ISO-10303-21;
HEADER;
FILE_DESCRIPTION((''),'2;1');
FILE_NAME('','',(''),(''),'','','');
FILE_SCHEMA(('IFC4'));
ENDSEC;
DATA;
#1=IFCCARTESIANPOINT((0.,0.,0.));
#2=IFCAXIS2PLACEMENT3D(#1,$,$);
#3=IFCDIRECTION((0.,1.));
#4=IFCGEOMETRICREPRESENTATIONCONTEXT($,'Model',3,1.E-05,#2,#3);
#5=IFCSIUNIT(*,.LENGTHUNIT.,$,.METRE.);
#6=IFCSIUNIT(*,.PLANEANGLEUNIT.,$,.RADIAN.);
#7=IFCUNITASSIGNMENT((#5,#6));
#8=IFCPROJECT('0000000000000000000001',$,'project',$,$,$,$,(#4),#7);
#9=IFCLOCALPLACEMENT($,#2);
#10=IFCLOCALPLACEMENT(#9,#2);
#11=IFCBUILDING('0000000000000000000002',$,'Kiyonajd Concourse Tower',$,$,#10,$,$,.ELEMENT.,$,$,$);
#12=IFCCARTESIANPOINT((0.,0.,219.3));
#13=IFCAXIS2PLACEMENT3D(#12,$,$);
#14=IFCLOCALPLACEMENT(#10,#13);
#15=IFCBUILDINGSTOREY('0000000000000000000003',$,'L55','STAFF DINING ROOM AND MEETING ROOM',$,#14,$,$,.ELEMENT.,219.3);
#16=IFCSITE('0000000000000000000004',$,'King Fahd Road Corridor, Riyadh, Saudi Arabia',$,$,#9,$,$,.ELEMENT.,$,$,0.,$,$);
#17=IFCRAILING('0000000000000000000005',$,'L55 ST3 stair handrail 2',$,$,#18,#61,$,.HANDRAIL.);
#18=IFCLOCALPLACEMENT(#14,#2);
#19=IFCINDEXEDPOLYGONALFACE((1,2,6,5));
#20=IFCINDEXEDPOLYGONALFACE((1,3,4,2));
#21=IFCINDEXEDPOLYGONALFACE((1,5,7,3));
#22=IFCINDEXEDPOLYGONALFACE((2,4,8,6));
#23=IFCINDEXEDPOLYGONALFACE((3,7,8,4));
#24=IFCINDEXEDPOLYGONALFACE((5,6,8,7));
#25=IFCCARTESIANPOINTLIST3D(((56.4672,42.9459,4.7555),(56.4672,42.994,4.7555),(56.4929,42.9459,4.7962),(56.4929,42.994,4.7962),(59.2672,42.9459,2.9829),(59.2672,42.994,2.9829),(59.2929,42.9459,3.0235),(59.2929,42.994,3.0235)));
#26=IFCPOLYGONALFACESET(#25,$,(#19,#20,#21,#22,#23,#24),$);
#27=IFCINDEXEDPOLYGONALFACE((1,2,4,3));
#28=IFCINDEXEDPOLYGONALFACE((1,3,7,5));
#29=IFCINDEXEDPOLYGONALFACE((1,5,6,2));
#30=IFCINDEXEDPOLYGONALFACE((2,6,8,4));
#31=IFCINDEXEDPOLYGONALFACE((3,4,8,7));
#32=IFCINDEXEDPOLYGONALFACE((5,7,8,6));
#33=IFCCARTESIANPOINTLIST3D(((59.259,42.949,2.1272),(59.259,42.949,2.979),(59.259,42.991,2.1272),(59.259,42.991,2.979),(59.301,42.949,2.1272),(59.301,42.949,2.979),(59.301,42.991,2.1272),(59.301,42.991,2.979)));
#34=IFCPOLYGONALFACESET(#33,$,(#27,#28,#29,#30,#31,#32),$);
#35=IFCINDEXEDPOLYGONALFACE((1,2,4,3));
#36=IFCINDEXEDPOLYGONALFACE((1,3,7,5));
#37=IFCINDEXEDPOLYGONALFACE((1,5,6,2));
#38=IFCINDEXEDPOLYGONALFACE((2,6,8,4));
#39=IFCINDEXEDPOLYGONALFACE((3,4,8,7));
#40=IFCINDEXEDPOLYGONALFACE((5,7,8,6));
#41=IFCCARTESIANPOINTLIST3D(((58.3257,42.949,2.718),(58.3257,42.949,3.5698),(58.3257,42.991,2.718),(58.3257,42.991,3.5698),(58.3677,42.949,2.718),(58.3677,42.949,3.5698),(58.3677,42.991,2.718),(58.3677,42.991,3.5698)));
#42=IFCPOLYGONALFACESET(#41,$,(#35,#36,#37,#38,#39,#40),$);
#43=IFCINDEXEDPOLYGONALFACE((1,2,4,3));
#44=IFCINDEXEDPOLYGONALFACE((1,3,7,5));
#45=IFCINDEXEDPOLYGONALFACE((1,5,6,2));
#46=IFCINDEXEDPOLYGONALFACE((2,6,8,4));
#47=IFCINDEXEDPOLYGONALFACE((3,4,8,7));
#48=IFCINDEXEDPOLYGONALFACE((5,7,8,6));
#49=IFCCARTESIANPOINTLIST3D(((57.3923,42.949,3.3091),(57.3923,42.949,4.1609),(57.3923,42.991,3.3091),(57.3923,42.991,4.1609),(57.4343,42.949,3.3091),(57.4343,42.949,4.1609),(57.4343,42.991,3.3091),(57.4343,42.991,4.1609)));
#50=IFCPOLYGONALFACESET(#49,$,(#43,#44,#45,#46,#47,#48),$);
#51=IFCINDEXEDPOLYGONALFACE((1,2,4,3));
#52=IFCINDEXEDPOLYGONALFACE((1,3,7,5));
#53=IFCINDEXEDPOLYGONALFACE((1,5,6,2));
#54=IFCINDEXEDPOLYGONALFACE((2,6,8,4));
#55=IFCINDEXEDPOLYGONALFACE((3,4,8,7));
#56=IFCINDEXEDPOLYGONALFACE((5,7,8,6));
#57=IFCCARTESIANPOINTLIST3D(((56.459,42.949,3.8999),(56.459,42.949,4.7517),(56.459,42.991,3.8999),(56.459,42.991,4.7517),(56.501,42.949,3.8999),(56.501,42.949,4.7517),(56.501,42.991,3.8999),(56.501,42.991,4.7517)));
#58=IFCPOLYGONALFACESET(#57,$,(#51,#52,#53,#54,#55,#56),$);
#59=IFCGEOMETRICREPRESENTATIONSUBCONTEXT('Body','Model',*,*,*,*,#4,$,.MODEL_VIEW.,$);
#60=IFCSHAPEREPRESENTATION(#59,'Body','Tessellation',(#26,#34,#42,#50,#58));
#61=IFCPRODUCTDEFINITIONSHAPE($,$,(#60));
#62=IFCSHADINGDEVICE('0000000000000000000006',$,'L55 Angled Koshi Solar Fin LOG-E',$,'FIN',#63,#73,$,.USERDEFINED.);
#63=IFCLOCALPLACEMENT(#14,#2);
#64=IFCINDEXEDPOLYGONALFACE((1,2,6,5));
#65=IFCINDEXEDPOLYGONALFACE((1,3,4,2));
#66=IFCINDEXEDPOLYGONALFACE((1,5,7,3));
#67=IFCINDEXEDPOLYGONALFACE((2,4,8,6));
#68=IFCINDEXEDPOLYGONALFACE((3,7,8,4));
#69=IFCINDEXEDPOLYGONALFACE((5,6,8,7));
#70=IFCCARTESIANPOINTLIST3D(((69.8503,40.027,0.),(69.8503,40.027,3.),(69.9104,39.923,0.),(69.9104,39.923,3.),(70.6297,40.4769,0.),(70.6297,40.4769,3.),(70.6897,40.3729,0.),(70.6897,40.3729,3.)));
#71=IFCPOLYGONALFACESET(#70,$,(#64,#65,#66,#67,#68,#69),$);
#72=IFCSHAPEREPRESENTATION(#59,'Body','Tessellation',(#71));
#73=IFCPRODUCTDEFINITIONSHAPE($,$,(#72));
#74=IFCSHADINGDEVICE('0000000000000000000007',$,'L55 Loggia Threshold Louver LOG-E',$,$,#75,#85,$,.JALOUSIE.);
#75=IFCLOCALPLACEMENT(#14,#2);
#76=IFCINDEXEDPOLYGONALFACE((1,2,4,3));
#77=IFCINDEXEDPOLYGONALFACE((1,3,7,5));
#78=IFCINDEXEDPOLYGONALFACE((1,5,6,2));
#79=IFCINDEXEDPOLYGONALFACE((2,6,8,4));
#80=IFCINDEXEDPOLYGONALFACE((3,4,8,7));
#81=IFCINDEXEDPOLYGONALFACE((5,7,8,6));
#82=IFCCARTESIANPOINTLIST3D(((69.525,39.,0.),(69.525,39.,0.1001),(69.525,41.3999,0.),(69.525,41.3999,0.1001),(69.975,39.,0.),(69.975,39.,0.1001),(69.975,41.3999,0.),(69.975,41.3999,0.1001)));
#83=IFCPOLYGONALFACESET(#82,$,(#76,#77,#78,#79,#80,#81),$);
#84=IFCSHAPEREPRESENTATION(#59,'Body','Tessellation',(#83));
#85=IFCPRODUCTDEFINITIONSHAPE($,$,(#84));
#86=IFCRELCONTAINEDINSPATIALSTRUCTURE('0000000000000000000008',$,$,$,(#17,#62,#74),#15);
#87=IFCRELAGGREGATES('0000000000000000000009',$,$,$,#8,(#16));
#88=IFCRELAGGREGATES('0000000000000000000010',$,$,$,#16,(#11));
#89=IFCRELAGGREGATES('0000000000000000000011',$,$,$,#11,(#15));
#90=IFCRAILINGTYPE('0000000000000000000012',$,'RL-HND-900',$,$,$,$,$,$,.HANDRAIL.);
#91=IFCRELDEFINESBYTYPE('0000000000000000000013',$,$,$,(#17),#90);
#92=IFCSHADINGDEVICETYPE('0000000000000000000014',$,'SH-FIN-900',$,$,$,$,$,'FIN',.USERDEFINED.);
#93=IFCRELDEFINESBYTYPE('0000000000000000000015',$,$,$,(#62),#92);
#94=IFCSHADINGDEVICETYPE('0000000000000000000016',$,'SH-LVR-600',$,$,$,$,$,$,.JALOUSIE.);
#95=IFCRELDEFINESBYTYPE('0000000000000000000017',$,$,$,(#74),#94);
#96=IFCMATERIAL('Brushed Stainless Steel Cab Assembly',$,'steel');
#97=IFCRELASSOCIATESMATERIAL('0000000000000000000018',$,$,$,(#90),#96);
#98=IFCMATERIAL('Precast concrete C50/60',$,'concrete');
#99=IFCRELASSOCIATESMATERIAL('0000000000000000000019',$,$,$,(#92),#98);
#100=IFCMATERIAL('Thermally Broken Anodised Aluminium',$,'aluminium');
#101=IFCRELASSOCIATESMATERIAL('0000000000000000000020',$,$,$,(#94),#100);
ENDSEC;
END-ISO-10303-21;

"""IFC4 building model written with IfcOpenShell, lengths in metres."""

from ifc_helpers import new_model, si_unit, direction, frame, origin, origin_2d, place, context, subcontext, project, spatial, rectangle, extrude, material, type_object, element, save


model = new_model("IFC4")

# Units and contexts
model_context = context("Model", 3, precision=1e-05, world=origin(), true_north=direction((0.0, 1.0)))
body_context = subcontext(model_context, "Body", "Model", "MODEL_VIEW")
ifc_project = project(units=[si_unit("LENGTHUNIT", "METRE"), si_unit("PLANEANGLEUNIT", "RADIAN")], contexts=[model_context])

# Site, building, storey
site_placement = place(None, origin())
site = spatial("IfcSite", under=ifc_project, at=site_placement, Name="King Fahd Road Corridor, Riyadh, Saudi Arabia", CompositionType="ELEMENT", RefElevation=0.0)
building_placement = place(site_placement, origin())
building = spatial("IfcBuilding", under=site, at=building_placement, Name="Kiyonajd Concourse Tower", CompositionType="ELEMENT")
storey_placement = place(building_placement, frame((0.0, 0.0, 219.3)))
storey = spatial("IfcBuildingStorey", under=building, at=storey_placement, Name="L55", Description="STAFF DINING ROOM AND MEETING ROOM", CompositionType="ELEMENT", Elevation=219.3)

# Shared definitions
ifc_material_1 = material(Name="Thermally Broken Anodised Aluminium", Category="aluminium")

# Shared definitions
ifc_material_2 = material(Name="Precast concrete C50/60", Category="concrete")

# Railing
ifc_material_3 = material(Name="Brushed Stainless Steel Cab Assembly", Category="steel")
railing_type_1 = type_object("IfcRailingType", Name="RL-HND-900", PredefinedType="HANDRAIL", material=ifc_material_3)
railing_1_placement = place(storey_placement, frame((59.28, 42.97, 2.1272)))
element("IfcRailing", 1, at=railing_1_placement, inside=storey, type_object=railing_type_1, Name="L55 ST3 stair handrail 2", PredefinedType="HANDRAIL", context=body_context, shape_type="SweptSolid", body=[
    extrude(rectangle(XDim=0.0481, YDim=0.0481, at=origin_2d()), frame((0.0, 0.0, 0.876), z_axis=(-0.844909, 0.0, 0.53491), x_axis=(0.0, -1.0, 0.0)), (0.0, 0.0, 1.0), 3.314),
    extrude(rectangle(XDim=0.042, YDim=0.042, at=origin_2d()), origin(), (0.0, 0.0, 1.0), 0.8518),
    extrude(rectangle(XDim=0.042, YDim=0.042, at=origin_2d()), frame((-0.9333, 0.0, 0.5908)), (0.0, 0.0, 1.0), 0.8518),
    extrude(rectangle(XDim=0.042, YDim=0.042, at=origin_2d()), frame((-1.8667, 0.0, 1.1819)), (0.0, 0.0, 1.0), 0.8518),
    extrude(rectangle(XDim=0.042, YDim=0.042, at=origin_2d()), frame((-2.8, 0.0, 1.7727)), (0.0, 0.0, 1.0), 0.8518),
])

# Shading devices
shading_device_type_1 = type_object("IfcShadingDeviceType", Name="SH-FIN-900", ElementType="FIN", PredefinedType="USERDEFINED", material=ifc_material_2)
shading_device_1_placement = place(storey_placement, frame((70.27, 40.2, 0.0), z_axis=(0.0, 0.0, 1.0), x_axis=(0.866025, 0.5, 0.0)))
element("IfcShadingDevice", 2, at=shading_device_1_placement, inside=storey, type_object=shading_device_type_1, Name="L55 Angled Koshi Solar Fin LOG-E", ObjectType="FIN", PredefinedType="USERDEFINED", context=body_context, shape_type="SweptSolid", body=[
    extrude(rectangle(XDim=0.8999, YDim=0.1201, at=origin_2d()), origin(), (0.0, 0.0, 1.0), 3.0),
])
shading_device_type_2 = type_object("IfcShadingDeviceType", Name="SH-LVR-600", PredefinedType="JALOUSIE", material=ifc_material_1)
shading_device_2_placement = place(storey_placement, frame((69.75, 40.2, 0.0), z_axis=(0.0, 0.0, 1.0), x_axis=(0.0, 1.0, 0.0)))
element("IfcShadingDevice", 3, at=shading_device_2_placement, inside=storey, type_object=shading_device_type_2, Name="L55 Loggia Threshold Louver LOG-E", PredefinedType="JALOUSIE", context=body_context, shape_type="SweptSolid", body=[
    extrude(rectangle(XDim=2.3999, YDim=0.45, at=origin_2d()), origin(), (0.0, 0.0, 1.0), 0.1001),
])

save(model, "model.ifc")
